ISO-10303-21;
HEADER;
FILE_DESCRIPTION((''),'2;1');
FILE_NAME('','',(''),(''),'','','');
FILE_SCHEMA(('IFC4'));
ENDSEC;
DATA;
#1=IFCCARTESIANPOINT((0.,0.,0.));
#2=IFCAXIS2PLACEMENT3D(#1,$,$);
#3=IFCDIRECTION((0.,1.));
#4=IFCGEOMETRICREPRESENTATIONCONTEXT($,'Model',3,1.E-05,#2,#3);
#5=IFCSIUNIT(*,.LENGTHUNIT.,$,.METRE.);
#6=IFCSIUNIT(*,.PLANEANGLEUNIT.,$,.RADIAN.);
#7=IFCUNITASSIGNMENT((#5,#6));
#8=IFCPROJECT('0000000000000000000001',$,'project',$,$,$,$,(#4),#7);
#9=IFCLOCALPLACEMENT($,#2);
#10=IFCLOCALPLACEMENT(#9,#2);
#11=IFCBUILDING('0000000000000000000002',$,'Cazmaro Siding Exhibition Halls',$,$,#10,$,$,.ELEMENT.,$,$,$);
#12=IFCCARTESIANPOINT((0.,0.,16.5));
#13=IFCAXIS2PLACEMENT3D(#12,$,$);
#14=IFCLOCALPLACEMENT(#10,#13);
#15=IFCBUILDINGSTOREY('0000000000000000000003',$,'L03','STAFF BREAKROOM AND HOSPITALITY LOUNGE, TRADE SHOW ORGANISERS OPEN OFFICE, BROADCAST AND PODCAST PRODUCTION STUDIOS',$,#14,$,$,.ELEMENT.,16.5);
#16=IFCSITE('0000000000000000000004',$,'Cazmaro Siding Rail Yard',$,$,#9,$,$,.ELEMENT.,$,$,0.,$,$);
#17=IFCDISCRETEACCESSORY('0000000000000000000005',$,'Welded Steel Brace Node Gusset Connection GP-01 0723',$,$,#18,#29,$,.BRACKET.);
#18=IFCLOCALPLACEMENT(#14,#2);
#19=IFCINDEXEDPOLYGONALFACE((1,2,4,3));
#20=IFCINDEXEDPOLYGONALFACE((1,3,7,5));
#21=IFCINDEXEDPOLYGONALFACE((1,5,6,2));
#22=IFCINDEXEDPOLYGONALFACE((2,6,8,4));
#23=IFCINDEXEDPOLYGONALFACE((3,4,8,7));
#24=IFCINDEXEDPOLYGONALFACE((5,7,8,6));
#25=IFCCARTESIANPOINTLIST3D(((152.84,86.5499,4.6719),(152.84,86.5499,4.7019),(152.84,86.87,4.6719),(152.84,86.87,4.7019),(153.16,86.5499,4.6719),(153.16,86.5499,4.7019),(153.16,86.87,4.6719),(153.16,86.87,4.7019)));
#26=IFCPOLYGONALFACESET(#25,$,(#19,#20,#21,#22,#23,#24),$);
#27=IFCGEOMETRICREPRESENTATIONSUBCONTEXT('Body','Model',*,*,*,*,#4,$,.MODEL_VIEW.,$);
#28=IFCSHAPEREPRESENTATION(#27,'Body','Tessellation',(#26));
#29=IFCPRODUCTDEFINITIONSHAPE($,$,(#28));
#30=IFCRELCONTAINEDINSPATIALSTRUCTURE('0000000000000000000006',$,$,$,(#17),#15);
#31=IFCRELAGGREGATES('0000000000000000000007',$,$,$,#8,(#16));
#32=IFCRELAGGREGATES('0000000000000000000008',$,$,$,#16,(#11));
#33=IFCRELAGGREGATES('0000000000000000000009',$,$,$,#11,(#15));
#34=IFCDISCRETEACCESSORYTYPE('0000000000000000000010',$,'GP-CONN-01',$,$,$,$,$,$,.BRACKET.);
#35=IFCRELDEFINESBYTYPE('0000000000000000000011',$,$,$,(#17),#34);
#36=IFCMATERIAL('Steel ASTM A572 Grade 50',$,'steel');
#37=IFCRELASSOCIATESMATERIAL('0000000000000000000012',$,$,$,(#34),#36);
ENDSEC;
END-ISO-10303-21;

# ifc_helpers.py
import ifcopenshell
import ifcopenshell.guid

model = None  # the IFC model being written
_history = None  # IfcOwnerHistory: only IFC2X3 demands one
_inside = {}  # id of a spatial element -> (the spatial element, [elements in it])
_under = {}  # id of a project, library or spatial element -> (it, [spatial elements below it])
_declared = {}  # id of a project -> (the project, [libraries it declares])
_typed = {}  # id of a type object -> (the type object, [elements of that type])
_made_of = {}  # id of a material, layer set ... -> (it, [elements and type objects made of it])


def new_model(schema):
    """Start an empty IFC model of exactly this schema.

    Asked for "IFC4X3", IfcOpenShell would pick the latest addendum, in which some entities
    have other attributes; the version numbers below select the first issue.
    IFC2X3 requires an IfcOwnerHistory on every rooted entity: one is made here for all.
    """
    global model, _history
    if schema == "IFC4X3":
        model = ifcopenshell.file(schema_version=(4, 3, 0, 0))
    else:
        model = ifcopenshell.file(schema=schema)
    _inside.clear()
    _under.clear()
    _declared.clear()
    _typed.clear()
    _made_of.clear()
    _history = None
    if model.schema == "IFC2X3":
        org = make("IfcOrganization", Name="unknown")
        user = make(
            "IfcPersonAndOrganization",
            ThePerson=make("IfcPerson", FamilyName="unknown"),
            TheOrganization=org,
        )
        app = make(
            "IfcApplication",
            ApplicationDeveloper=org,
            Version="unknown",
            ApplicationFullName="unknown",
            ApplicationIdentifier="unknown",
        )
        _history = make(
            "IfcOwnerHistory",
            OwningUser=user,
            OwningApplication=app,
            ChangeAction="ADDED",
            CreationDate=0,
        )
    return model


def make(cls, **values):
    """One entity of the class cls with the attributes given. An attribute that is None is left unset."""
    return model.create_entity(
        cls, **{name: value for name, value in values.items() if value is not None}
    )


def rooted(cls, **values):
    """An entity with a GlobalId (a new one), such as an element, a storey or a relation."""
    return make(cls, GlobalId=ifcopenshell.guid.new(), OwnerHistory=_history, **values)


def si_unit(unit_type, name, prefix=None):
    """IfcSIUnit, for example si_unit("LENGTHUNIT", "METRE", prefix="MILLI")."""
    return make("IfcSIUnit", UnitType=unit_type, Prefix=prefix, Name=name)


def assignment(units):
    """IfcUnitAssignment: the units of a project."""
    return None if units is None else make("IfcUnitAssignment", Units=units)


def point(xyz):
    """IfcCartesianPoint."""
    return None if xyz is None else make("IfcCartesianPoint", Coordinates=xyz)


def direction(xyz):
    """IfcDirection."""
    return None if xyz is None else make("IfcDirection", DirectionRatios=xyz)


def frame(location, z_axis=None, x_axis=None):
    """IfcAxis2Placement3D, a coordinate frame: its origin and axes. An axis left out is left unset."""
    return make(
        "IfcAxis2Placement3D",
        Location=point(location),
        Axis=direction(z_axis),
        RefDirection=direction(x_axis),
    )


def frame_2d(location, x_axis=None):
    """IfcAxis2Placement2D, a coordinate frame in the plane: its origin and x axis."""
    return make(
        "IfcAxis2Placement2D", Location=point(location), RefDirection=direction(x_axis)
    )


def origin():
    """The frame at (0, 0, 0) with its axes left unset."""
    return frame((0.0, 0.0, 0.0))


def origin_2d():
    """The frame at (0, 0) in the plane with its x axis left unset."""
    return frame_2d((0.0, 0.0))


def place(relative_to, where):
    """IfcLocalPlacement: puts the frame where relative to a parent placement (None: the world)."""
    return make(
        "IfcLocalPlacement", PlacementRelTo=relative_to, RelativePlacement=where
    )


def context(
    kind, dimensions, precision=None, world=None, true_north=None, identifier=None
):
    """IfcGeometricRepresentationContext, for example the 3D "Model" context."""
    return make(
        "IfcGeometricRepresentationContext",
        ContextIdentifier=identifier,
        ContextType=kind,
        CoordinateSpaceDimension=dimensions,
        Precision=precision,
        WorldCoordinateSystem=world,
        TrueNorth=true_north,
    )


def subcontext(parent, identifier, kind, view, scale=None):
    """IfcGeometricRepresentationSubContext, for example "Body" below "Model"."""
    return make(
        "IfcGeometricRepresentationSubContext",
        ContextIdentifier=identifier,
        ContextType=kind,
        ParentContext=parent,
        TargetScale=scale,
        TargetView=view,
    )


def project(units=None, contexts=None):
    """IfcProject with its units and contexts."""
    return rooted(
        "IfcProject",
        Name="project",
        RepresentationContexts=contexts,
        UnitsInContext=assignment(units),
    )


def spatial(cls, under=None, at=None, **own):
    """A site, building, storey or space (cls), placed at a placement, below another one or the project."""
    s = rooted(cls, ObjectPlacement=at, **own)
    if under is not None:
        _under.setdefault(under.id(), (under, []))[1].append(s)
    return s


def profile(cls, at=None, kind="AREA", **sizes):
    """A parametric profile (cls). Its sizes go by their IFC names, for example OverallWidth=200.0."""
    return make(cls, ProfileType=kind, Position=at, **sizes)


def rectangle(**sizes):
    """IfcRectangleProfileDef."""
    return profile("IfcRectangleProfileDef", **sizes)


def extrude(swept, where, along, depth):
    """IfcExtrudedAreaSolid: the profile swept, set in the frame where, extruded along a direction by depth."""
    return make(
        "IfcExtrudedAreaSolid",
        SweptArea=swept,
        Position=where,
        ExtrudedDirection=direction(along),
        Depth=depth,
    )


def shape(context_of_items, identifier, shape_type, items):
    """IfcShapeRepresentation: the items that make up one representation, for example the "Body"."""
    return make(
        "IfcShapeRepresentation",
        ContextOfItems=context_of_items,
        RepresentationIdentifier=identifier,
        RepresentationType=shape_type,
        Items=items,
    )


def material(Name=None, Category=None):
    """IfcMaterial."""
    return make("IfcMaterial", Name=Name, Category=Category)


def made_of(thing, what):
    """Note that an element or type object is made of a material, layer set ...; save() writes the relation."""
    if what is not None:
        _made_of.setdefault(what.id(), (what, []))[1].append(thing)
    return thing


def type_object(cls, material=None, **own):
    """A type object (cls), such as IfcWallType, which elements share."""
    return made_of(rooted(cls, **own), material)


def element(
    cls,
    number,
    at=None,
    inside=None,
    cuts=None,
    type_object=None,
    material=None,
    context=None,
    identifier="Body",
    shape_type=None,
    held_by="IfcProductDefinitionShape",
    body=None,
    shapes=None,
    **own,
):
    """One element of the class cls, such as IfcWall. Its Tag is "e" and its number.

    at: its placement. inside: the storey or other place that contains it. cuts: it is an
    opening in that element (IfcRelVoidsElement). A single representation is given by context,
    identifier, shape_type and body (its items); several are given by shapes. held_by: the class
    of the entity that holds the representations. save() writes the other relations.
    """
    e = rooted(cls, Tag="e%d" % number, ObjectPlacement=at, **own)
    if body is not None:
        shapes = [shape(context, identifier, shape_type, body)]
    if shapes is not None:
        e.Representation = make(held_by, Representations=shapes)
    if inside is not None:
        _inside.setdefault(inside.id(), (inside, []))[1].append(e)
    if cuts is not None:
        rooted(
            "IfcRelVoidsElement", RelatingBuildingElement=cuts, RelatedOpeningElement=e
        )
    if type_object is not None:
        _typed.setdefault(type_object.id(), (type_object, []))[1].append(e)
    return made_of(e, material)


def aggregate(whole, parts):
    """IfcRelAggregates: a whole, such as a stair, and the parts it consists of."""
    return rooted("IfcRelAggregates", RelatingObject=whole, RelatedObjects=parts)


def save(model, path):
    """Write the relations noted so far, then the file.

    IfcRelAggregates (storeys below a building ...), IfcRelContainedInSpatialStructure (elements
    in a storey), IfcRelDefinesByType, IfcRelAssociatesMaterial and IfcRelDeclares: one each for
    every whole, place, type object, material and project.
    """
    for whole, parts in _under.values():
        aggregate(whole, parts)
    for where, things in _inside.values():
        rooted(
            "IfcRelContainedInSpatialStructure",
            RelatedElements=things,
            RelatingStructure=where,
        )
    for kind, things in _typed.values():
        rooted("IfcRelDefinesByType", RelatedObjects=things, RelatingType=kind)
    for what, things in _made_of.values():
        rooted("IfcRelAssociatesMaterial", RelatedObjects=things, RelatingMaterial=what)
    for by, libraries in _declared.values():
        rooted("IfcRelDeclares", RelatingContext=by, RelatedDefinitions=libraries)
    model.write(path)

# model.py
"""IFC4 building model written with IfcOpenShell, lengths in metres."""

from ifc_helpers import new_model, si_unit, direction, frame, origin, origin_2d, place, context, subcontext, project, spatial, rectangle, extrude, material, type_object, element, save


model = new_model("IFC4")

# Units and contexts
model_context = context("Model", 3, precision=1e-05, world=origin(), true_north=direction((0.0, 1.0)))
body_context = subcontext(model_context, "Body", "Model", "MODEL_VIEW")
ifc_project = project(units=[si_unit("LENGTHUNIT", "METRE"), si_unit("PLANEANGLEUNIT", "RADIAN")], contexts=[model_context])

# Site, building, storey
site_placement = place(None, origin())
site = spatial("IfcSite", under=ifc_project, at=site_placement, Name="Cazmaro Siding Rail Yard", CompositionType="ELEMENT", RefElevation=0.0)
building_placement = place(site_placement, origin())
building = spatial("IfcBuilding", under=site, at=building_placement, Name="Cazmaro Siding Exhibition Halls", CompositionType="ELEMENT")
storey_placement = place(building_placement, frame((0.0, 0.0, 16.5)))
storey = spatial("IfcBuildingStorey", under=building, at=storey_placement, Name="L03", Description="STAFF BREAKROOM AND HOSPITALITY LOUNGE, TRADE SHOW ORGANISERS OPEN OFFICE, BROADCAST AND PODCAST PRODUCTION STUDIOS", CompositionType="ELEMENT", Elevation=16.5)

# Discrete accessory
ifc_material_1 = material(Name="Steel ASTM A572 Grade 50", Category="steel")
discrete_accessory_type = type_object("IfcDiscreteAccessoryType", Name="GP-CONN-01", PredefinedType="BRACKET", material=ifc_material_1)
for number, where, z_axis, x_axis, name in (
    (1, (153.0, 86.71, 4.6719), (0.0, 0.0, 1.0), (1.0, 0.0, 0.0), "Welded Steel Brace Node Gusset Connection GP-01 0723"),
):
    element("IfcDiscreteAccessory", number, at=place(storey_placement, frame(where, z_axis=z_axis, x_axis=x_axis)), inside=storey, type_object=discrete_accessory_type, Name=name, PredefinedType="BRACKET", context=body_context, shape_type="SweptSolid", body=[
        extrude(rectangle(XDim=0.3201, YDim=0.3201, at=origin_2d()), origin(), (0.0, 0.0, 1.0), 0.03),
    ])

save(model, "model.ifc")
